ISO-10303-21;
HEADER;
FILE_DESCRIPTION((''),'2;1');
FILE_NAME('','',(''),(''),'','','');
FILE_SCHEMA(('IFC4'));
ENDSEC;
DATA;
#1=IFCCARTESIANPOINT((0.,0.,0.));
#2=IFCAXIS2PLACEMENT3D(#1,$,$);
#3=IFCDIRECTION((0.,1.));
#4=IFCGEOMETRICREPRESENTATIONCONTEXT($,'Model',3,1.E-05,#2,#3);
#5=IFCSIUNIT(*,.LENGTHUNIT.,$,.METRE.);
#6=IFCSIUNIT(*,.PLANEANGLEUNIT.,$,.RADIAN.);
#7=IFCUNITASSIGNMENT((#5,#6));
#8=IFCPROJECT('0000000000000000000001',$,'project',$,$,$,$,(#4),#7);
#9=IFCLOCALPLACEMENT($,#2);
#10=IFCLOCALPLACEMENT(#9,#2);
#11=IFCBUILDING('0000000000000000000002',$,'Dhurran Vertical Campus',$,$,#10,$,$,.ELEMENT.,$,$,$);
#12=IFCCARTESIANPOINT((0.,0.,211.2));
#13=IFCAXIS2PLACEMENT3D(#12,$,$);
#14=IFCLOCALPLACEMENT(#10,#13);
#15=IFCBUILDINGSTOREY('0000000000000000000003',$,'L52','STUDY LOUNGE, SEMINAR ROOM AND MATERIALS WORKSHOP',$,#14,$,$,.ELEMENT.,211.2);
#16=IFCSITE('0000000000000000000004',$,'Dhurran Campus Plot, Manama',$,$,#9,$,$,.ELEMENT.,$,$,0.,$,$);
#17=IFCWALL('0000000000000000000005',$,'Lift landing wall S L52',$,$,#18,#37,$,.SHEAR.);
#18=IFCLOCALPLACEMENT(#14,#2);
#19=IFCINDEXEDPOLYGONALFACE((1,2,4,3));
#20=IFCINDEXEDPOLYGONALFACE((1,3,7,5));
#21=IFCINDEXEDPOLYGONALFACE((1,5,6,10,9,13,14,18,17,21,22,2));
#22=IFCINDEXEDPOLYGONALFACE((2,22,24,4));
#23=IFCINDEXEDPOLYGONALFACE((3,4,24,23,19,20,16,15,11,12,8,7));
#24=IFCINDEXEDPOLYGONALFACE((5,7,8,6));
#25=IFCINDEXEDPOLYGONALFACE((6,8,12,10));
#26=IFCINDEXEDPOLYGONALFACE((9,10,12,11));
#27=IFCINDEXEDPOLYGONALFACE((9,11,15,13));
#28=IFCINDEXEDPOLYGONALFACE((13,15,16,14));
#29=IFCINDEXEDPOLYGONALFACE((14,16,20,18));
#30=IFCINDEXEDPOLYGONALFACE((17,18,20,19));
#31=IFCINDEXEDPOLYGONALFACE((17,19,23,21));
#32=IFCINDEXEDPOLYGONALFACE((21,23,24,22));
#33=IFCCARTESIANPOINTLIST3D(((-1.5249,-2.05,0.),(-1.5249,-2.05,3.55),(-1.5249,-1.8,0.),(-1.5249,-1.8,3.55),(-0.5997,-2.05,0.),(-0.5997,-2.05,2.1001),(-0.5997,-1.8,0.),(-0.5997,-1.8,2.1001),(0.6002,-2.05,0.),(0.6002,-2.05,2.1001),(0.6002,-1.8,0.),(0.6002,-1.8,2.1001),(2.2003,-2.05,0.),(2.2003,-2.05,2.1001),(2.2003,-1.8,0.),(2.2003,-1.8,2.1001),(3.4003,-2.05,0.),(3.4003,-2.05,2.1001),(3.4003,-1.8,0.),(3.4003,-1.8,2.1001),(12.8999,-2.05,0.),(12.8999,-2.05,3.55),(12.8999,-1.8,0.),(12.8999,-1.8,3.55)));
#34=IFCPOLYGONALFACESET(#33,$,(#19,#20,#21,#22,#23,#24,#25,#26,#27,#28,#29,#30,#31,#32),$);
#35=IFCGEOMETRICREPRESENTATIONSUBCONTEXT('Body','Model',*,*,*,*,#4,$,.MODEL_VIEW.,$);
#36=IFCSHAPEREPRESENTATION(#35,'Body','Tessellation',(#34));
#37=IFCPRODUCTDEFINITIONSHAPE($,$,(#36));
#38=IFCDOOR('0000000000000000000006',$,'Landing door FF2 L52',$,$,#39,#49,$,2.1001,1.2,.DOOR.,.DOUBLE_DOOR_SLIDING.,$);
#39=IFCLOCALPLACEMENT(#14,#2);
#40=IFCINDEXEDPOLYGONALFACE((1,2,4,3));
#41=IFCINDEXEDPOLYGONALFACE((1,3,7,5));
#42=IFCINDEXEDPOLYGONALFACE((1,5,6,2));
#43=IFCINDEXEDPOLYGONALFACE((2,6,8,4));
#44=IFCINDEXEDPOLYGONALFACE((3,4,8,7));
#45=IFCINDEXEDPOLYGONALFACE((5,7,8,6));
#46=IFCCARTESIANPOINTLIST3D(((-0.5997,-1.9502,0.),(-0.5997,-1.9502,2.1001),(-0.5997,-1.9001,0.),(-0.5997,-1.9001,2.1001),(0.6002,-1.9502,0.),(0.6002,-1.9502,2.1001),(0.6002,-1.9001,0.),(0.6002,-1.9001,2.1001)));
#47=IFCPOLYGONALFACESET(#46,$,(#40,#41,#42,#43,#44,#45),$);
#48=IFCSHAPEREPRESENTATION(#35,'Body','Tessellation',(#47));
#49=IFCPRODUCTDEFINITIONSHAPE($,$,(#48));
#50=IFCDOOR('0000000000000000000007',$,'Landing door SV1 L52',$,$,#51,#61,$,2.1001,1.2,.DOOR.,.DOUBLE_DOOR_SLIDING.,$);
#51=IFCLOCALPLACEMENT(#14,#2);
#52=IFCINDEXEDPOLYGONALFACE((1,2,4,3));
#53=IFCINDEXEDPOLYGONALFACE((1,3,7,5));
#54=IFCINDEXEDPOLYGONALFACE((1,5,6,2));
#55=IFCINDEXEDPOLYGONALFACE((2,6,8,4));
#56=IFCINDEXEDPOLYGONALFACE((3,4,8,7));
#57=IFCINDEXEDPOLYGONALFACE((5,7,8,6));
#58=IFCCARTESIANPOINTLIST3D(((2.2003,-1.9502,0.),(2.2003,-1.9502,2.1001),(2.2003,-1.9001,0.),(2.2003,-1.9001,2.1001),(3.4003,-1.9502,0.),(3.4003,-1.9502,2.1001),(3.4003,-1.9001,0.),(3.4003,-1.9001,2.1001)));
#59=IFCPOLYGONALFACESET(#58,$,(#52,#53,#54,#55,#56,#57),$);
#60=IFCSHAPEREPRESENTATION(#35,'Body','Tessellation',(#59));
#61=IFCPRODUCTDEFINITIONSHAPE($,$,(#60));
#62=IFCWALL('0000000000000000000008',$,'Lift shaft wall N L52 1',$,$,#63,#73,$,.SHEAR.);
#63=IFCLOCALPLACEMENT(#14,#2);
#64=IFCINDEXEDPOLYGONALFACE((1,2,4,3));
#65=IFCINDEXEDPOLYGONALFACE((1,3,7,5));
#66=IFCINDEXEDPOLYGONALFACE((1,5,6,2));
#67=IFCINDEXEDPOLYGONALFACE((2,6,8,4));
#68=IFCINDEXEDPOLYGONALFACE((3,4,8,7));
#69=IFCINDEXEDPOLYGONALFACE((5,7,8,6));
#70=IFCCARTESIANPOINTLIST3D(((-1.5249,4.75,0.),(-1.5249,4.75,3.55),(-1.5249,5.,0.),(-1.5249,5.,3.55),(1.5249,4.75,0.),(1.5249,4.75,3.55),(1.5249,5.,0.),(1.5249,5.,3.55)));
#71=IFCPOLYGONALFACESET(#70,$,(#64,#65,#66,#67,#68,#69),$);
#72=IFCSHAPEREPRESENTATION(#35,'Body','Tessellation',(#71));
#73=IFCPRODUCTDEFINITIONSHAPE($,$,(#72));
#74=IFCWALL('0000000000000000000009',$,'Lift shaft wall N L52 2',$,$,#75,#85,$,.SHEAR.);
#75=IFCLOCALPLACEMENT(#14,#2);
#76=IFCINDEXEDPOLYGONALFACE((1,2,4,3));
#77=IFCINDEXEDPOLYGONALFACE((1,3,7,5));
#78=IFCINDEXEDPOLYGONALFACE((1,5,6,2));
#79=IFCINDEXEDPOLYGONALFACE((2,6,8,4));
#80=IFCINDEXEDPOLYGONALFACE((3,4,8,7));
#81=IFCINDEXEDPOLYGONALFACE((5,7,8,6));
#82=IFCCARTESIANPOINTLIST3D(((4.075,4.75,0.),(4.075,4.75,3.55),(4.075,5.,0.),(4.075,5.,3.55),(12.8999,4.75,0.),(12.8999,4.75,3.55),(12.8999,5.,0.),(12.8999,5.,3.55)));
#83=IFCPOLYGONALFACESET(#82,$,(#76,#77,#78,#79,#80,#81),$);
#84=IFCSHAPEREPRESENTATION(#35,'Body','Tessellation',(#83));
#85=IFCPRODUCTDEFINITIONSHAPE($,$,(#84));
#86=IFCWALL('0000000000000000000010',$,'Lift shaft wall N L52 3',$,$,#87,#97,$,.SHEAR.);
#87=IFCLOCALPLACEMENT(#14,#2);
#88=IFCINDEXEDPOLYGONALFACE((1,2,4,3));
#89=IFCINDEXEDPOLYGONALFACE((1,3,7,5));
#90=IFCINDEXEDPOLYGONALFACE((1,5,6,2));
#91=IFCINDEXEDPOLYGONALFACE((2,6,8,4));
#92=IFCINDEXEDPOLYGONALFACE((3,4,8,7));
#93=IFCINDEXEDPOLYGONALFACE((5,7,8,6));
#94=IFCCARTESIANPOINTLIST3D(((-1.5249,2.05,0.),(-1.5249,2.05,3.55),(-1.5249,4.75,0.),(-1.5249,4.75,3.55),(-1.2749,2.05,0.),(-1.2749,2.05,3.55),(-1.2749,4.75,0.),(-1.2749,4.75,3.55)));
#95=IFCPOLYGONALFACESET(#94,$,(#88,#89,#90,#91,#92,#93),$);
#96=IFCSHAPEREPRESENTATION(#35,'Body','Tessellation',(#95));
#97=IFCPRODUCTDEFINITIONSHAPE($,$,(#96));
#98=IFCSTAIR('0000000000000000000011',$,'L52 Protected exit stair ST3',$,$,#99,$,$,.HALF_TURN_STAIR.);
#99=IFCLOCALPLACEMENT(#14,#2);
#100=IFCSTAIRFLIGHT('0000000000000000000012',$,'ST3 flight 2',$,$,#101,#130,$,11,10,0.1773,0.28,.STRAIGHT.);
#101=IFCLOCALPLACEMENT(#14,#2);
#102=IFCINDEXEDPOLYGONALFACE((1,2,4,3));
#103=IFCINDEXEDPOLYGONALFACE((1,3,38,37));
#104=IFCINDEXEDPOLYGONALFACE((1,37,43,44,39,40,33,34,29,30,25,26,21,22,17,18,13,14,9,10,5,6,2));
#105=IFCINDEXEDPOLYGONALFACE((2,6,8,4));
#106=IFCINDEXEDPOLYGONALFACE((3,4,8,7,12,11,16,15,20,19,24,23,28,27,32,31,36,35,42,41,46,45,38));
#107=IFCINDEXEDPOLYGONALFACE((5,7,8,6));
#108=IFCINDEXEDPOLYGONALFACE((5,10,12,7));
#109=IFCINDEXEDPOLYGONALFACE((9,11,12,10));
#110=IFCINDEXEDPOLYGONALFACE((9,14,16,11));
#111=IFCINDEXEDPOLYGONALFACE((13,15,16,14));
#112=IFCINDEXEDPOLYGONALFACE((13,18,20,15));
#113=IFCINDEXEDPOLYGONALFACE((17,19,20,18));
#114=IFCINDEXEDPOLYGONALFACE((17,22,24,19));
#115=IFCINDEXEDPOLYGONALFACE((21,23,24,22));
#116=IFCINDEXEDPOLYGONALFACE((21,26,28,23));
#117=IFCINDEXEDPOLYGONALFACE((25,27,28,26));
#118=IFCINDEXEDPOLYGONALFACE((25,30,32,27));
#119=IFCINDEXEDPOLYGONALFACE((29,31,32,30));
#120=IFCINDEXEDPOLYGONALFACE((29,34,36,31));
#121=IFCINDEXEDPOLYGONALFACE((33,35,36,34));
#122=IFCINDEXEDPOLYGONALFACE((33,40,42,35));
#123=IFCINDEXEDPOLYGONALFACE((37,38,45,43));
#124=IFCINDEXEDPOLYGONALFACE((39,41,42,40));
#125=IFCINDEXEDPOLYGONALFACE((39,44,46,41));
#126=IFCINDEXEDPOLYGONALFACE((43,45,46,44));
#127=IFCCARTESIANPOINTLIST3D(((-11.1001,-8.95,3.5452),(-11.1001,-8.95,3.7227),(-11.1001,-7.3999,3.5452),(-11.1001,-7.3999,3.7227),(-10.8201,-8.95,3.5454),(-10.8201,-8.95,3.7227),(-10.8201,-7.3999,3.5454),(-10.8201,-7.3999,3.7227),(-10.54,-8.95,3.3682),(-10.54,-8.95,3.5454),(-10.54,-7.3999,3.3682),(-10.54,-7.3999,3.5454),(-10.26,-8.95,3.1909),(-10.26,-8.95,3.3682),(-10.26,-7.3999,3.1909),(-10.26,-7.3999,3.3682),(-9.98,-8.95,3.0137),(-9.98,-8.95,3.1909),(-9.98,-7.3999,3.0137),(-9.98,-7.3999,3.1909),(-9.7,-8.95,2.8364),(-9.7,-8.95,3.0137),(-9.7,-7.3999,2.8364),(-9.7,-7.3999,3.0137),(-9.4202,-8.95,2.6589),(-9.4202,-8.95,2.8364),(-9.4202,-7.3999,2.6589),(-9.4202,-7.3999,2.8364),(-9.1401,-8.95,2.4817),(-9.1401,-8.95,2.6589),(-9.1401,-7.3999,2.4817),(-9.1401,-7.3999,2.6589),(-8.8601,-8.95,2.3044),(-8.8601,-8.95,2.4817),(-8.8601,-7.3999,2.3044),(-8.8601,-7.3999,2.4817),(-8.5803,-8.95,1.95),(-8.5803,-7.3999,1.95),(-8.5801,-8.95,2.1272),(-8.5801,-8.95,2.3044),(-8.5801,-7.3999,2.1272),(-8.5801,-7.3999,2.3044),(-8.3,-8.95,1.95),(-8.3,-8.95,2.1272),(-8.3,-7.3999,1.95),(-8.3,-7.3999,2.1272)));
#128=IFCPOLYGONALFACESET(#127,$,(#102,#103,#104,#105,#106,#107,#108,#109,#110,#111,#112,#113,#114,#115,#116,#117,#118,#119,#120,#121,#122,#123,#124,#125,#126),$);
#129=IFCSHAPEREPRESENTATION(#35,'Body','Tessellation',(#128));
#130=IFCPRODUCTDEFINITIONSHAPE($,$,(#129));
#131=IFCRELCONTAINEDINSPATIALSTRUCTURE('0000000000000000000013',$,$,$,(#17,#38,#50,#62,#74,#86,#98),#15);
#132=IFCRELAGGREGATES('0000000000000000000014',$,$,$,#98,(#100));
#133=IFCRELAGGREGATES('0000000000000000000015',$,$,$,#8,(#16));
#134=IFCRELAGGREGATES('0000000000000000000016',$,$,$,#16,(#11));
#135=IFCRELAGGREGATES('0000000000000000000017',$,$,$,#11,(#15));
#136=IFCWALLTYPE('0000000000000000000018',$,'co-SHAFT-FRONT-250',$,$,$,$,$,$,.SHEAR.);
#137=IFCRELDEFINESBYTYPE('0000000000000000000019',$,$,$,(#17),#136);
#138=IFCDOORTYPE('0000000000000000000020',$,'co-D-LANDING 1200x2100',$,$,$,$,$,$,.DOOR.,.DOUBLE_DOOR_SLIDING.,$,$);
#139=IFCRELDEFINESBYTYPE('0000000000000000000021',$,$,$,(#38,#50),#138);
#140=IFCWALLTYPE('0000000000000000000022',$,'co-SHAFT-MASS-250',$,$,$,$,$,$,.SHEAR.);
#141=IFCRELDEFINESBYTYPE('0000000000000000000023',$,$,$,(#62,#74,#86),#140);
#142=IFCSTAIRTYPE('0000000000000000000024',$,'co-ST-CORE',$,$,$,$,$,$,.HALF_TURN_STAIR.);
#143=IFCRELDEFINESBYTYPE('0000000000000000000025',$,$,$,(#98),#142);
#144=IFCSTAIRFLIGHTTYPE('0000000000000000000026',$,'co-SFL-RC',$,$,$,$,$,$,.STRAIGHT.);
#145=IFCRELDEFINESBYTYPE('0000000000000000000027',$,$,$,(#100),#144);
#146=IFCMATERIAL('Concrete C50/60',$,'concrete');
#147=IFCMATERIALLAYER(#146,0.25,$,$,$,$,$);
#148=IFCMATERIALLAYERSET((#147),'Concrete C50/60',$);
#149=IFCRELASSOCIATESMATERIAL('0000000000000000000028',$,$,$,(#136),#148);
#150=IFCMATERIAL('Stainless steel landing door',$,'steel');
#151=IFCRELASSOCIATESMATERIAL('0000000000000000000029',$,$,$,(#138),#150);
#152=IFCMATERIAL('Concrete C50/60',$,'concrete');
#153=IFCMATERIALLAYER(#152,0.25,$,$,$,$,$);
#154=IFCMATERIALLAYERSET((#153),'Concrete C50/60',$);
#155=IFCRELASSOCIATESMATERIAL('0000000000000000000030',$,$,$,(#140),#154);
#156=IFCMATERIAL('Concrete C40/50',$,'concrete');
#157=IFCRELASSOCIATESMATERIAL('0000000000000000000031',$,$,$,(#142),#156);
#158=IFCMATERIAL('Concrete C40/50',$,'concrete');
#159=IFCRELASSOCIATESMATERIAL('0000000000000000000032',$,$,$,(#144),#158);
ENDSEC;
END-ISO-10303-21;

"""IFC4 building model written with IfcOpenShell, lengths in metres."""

from ifc_helpers import new_model, si_unit, direction, frame, frame_2d, origin, place, context, subcontext, project, spatial, polyline, rectangle, outline, extrude, material, layer, layer_set, type_object, element, fill, aggregate, save


model = new_model("IFC4")

# Units and contexts
model_context = context("Model", 3, precision=1e-05, world=origin(), true_north=direction((0.0, 1.0)))
body_context = subcontext(model_context, "Body", "Model", "MODEL_VIEW")
ifc_project = project(units=[si_unit("LENGTHUNIT", "METRE"), si_unit("PLANEANGLEUNIT", "RADIAN")], contexts=[model_context])

# Site, building, storey
site_placement = place(None, origin())
site = spatial("IfcSite", under=ifc_project, at=site_placement, Name="Dhurran Campus Plot, Manama", CompositionType="ELEMENT", RefElevation=0.0)
building_placement = place(site_placement, origin())
building = spatial("IfcBuilding", under=site, at=building_placement, Name="Dhurran Vertical Campus", CompositionType="ELEMENT")
storey_placement = place(building_placement, frame((0.0, 0.0, 211.2)))
storey = spatial("IfcBuildingStorey", under=building, at=storey_placement, Name="L52", Description="STUDY LOUNGE, SEMINAR ROOM AND MATERIALS WORKSHOP", CompositionType="ELEMENT", Elevation=211.2)

# Wall, openings, doors
ifc_material_1 = material(Name="Concrete C50/60", Category="concrete")
ifc_layer_1 = layer(ifc_material_1, 0.25)
ifc_layer_set_1 = layer_set([ifc_layer_1], Name="Concrete C50/60")
wall_type_1 = type_object("IfcWallType", Name="co-SHAFT-FRONT-250", PredefinedType="SHEAR", material=ifc_layer_set_1)
ifc_material_2 = material(Name="Stainless steel landing door", Category="steel")
door_type_1 = type_object("IfcDoorType", Name="co-D-LANDING 1200x2100", OperationType="DOUBLE_DOOR_SLIDING", PredefinedType="DOOR", material=ifc_material_2)
wall_1_placement = place(storey_placement, frame((-1.5249, -1.925, 0.0), z_axis=(0.0, 0.0, 1.0), x_axis=(1.0, 0.0, 0.0)))
wall_1 = element("IfcWall", 1, at=wall_1_placement, inside=storey, type_object=wall_type_1, Name="Lift landing wall S L52", PredefinedType="SHEAR", context=body_context, shape_type="SweptSolid", body=[
    extrude(rectangle(XDim=14.4248, YDim=0.25, at=frame_2d((7.2124, 0.0))), origin(), (0.0, 0.0, 1.0), 3.55),
])
opening_1_placement = place(wall_1_placement, frame((0.925, 0.0, 0.0)))
opening_1 = element("IfcOpeningElement", 2, at=opening_1_placement, cuts=wall_1, PredefinedType="OPENING", context=body_context, shape_type="SweptSolid", body=[
    extrude(rectangle(XDim=1.2, YDim=2.1001, at=frame_2d((0.6001, 1.05))), frame((0.0, 0.135, 0.0), z_axis=(0.0, -1.0, 0.0), x_axis=(1.0, 0.0, 0.0)), (0.0, 0.0, 1.0), 0.27),
])
opening_2_placement = place(wall_1_placement, frame((3.7251, 0.0, 0.0)))
opening_2 = element("IfcOpeningElement", 3, at=opening_2_placement, cuts=wall_1, PredefinedType="OPENING", context=body_context, shape_type="SweptSolid", body=[
    extrude(rectangle(XDim=1.2, YDim=2.1001, at=frame_2d((0.6001, 1.05))), frame((0.0, 0.135, 0.0), z_axis=(0.0, -1.0, 0.0), x_axis=(1.0, 0.0, 0.0)), (0.0, 0.0, 1.0), 0.27),
])
door_1_placement = place(opening_1_placement, origin())
door_1 = element("IfcDoor", 4, at=door_1_placement, inside=storey, type_object=door_type_1, Name="Landing door FF2 L52", OperationType="DOUBLE_DOOR_SLIDING", OverallHeight=2.1001, OverallWidth=1.2, PredefinedType="DOOR", context=body_context, shape_type="SweptSolid", body=[
    extrude(rectangle(XDim=1.2, YDim=2.1001, at=frame_2d((0.6001, 1.05))), frame((0.0, 0.0249, 0.0), z_axis=(0.0, -1.0, 0.0), x_axis=(1.0, 0.0, 0.0)), (0.0, 0.0, 1.0), 0.05),
])
fill(opening_1, door_1)
door_2_placement = place(opening_2_placement, origin())
door_2 = element("IfcDoor", 5, at=door_2_placement, inside=storey, type_object=door_type_1, Name="Landing door SV1 L52", OperationType="DOUBLE_DOOR_SLIDING", OverallHeight=2.1001, OverallWidth=1.2, PredefinedType="DOOR", context=body_context, shape_type="SweptSolid", body=[
    extrude(rectangle(XDim=1.2, YDim=2.1001, at=frame_2d((0.6001, 1.05))), frame((0.0, 0.0249, 0.0), z_axis=(0.0, -1.0, 0.0), x_axis=(1.0, 0.0, 0.0)), (0.0, 0.0, 1.0), 0.05),
])
fill(opening_2, door_2)

# Walls
ifc_material_3 = material(Name="Concrete C50/60", Category="concrete")
ifc_layer_2 = layer(ifc_material_3, 0.25)
ifc_layer_set_2 = layer_set([ifc_layer_2], Name="Concrete C50/60")
wall_type_2 = type_object("IfcWallType", Name="co-SHAFT-MASS-250", PredefinedType="SHEAR", material=ifc_layer_set_2)
wall_2_placement = place(storey_placement, origin())
element("IfcWall", 6, at=wall_2_placement, inside=storey, type_object=wall_type_2, Name="Lift shaft wall N L52 1", PredefinedType="SHEAR", context=body_context, shape_type="SweptSolid", body=[
    extrude(outline(polyline([(-1.5249, 4.75), (1.5249, 4.75), (1.5249, 5.0), (-1.5249, 5.0), (-1.5249, 4.75)])), origin(), (0.0, 0.0, 1.0), 3.55),
])
wall_3_placement = place(storey_placement, origin())
element("IfcWall", 7, at=wall_3_placement, inside=storey, type_object=wall_type_2, Name="Lift shaft wall N L52 2", PredefinedType="SHEAR", context=body_context, shape_type="SweptSolid", body=[
    extrude(outline(polyline([(4.075, 4.75), (12.8999, 4.75), (12.8999, 5.0), (4.075, 5.0), (4.075, 4.75)])), origin(), (0.0, 0.0, 1.0), 3.55),
])
wall_4_placement = place(storey_placement, origin())
element("IfcWall", 8, at=wall_4_placement, inside=storey, type_object=wall_type_2, Name="Lift shaft wall N L52 3", PredefinedType="SHEAR", context=body_context, shape_type="SweptSolid", body=[
    extrude(outline(polyline([(-1.5249, 2.05), (-1.2749, 2.05), (-1.2749, 4.75), (-1.5249, 4.75), (-1.5249, 2.05)])), origin(), (0.0, 0.0, 1.0), 3.55),
])

# Stair, stair flight
ifc_material_4 = material(Name="Concrete C40/50", Category="concrete")
stair_type = type_object("IfcStairType", Name="co-ST-CORE", PredefinedType="HALF_TURN_STAIR", material=ifc_material_4)
stair_placement = place(storey_placement, origin())
stair = element("IfcStair", 9, at=stair_placement, inside=storey, type_object=stair_type, Name="L52 Protected exit stair ST3", PredefinedType="HALF_TURN_STAIR")
ifc_material_5 = material(Name="Concrete C40/50", Category="concrete")
stair_flight_type = type_object("IfcStairFlightType", Name="co-SFL-RC", PredefinedType="STRAIGHT", material=ifc_material_5)
stair_flight_placement = place(storey_placement, frame((-8.3, -8.175, 1.95), z_axis=(0.0, 0.0, 1.0), x_axis=(-1.0, 0.0, 0.0)))
stair_flight = element("IfcStairFlight", 10, at=stair_flight_placement, type_object=stair_flight_type, Name="ST3 flight 2", NumberOfRisers=11, NumberOfTreads=10, PredefinedType="STRAIGHT", RiserHeight=0.1773, TreadLength=0.28, context=body_context, shape_type="SweptSolid", body=[
    extrude(outline(polyline([(0.0, 0.0), (0.0, 0.1772), (0.28, 0.1772), (0.28, 0.3545), (0.5601, 0.3545), (0.5601, 0.5317), (0.8401, 0.5317), (0.8401, 0.709), (1.1201, 0.709), (1.1201, 0.8865), (1.3999, 0.8865), (1.3999, 1.0637), (1.6799, 1.0637), (1.6799, 1.241), (1.96, 1.241), (1.96, 1.4182), (2.24, 1.4182), (2.24, 1.5955), (2.52, 1.5955), (2.52, 1.7727), (2.8, 1.7727), (2.8, 1.95), (2.8, 1.5952), (0.2803, 0.0), (0.0, 0.0)])), frame((0.0, 0.7749, 0.0), z_axis=(0.0, -1.0, 0.0), x_axis=(1.0, 0.0, 0.0)), (0.0, 0.0, 1.0), 1.55),
])
aggregate(stair, [stair_flight])

save(model, "model.ifc")
